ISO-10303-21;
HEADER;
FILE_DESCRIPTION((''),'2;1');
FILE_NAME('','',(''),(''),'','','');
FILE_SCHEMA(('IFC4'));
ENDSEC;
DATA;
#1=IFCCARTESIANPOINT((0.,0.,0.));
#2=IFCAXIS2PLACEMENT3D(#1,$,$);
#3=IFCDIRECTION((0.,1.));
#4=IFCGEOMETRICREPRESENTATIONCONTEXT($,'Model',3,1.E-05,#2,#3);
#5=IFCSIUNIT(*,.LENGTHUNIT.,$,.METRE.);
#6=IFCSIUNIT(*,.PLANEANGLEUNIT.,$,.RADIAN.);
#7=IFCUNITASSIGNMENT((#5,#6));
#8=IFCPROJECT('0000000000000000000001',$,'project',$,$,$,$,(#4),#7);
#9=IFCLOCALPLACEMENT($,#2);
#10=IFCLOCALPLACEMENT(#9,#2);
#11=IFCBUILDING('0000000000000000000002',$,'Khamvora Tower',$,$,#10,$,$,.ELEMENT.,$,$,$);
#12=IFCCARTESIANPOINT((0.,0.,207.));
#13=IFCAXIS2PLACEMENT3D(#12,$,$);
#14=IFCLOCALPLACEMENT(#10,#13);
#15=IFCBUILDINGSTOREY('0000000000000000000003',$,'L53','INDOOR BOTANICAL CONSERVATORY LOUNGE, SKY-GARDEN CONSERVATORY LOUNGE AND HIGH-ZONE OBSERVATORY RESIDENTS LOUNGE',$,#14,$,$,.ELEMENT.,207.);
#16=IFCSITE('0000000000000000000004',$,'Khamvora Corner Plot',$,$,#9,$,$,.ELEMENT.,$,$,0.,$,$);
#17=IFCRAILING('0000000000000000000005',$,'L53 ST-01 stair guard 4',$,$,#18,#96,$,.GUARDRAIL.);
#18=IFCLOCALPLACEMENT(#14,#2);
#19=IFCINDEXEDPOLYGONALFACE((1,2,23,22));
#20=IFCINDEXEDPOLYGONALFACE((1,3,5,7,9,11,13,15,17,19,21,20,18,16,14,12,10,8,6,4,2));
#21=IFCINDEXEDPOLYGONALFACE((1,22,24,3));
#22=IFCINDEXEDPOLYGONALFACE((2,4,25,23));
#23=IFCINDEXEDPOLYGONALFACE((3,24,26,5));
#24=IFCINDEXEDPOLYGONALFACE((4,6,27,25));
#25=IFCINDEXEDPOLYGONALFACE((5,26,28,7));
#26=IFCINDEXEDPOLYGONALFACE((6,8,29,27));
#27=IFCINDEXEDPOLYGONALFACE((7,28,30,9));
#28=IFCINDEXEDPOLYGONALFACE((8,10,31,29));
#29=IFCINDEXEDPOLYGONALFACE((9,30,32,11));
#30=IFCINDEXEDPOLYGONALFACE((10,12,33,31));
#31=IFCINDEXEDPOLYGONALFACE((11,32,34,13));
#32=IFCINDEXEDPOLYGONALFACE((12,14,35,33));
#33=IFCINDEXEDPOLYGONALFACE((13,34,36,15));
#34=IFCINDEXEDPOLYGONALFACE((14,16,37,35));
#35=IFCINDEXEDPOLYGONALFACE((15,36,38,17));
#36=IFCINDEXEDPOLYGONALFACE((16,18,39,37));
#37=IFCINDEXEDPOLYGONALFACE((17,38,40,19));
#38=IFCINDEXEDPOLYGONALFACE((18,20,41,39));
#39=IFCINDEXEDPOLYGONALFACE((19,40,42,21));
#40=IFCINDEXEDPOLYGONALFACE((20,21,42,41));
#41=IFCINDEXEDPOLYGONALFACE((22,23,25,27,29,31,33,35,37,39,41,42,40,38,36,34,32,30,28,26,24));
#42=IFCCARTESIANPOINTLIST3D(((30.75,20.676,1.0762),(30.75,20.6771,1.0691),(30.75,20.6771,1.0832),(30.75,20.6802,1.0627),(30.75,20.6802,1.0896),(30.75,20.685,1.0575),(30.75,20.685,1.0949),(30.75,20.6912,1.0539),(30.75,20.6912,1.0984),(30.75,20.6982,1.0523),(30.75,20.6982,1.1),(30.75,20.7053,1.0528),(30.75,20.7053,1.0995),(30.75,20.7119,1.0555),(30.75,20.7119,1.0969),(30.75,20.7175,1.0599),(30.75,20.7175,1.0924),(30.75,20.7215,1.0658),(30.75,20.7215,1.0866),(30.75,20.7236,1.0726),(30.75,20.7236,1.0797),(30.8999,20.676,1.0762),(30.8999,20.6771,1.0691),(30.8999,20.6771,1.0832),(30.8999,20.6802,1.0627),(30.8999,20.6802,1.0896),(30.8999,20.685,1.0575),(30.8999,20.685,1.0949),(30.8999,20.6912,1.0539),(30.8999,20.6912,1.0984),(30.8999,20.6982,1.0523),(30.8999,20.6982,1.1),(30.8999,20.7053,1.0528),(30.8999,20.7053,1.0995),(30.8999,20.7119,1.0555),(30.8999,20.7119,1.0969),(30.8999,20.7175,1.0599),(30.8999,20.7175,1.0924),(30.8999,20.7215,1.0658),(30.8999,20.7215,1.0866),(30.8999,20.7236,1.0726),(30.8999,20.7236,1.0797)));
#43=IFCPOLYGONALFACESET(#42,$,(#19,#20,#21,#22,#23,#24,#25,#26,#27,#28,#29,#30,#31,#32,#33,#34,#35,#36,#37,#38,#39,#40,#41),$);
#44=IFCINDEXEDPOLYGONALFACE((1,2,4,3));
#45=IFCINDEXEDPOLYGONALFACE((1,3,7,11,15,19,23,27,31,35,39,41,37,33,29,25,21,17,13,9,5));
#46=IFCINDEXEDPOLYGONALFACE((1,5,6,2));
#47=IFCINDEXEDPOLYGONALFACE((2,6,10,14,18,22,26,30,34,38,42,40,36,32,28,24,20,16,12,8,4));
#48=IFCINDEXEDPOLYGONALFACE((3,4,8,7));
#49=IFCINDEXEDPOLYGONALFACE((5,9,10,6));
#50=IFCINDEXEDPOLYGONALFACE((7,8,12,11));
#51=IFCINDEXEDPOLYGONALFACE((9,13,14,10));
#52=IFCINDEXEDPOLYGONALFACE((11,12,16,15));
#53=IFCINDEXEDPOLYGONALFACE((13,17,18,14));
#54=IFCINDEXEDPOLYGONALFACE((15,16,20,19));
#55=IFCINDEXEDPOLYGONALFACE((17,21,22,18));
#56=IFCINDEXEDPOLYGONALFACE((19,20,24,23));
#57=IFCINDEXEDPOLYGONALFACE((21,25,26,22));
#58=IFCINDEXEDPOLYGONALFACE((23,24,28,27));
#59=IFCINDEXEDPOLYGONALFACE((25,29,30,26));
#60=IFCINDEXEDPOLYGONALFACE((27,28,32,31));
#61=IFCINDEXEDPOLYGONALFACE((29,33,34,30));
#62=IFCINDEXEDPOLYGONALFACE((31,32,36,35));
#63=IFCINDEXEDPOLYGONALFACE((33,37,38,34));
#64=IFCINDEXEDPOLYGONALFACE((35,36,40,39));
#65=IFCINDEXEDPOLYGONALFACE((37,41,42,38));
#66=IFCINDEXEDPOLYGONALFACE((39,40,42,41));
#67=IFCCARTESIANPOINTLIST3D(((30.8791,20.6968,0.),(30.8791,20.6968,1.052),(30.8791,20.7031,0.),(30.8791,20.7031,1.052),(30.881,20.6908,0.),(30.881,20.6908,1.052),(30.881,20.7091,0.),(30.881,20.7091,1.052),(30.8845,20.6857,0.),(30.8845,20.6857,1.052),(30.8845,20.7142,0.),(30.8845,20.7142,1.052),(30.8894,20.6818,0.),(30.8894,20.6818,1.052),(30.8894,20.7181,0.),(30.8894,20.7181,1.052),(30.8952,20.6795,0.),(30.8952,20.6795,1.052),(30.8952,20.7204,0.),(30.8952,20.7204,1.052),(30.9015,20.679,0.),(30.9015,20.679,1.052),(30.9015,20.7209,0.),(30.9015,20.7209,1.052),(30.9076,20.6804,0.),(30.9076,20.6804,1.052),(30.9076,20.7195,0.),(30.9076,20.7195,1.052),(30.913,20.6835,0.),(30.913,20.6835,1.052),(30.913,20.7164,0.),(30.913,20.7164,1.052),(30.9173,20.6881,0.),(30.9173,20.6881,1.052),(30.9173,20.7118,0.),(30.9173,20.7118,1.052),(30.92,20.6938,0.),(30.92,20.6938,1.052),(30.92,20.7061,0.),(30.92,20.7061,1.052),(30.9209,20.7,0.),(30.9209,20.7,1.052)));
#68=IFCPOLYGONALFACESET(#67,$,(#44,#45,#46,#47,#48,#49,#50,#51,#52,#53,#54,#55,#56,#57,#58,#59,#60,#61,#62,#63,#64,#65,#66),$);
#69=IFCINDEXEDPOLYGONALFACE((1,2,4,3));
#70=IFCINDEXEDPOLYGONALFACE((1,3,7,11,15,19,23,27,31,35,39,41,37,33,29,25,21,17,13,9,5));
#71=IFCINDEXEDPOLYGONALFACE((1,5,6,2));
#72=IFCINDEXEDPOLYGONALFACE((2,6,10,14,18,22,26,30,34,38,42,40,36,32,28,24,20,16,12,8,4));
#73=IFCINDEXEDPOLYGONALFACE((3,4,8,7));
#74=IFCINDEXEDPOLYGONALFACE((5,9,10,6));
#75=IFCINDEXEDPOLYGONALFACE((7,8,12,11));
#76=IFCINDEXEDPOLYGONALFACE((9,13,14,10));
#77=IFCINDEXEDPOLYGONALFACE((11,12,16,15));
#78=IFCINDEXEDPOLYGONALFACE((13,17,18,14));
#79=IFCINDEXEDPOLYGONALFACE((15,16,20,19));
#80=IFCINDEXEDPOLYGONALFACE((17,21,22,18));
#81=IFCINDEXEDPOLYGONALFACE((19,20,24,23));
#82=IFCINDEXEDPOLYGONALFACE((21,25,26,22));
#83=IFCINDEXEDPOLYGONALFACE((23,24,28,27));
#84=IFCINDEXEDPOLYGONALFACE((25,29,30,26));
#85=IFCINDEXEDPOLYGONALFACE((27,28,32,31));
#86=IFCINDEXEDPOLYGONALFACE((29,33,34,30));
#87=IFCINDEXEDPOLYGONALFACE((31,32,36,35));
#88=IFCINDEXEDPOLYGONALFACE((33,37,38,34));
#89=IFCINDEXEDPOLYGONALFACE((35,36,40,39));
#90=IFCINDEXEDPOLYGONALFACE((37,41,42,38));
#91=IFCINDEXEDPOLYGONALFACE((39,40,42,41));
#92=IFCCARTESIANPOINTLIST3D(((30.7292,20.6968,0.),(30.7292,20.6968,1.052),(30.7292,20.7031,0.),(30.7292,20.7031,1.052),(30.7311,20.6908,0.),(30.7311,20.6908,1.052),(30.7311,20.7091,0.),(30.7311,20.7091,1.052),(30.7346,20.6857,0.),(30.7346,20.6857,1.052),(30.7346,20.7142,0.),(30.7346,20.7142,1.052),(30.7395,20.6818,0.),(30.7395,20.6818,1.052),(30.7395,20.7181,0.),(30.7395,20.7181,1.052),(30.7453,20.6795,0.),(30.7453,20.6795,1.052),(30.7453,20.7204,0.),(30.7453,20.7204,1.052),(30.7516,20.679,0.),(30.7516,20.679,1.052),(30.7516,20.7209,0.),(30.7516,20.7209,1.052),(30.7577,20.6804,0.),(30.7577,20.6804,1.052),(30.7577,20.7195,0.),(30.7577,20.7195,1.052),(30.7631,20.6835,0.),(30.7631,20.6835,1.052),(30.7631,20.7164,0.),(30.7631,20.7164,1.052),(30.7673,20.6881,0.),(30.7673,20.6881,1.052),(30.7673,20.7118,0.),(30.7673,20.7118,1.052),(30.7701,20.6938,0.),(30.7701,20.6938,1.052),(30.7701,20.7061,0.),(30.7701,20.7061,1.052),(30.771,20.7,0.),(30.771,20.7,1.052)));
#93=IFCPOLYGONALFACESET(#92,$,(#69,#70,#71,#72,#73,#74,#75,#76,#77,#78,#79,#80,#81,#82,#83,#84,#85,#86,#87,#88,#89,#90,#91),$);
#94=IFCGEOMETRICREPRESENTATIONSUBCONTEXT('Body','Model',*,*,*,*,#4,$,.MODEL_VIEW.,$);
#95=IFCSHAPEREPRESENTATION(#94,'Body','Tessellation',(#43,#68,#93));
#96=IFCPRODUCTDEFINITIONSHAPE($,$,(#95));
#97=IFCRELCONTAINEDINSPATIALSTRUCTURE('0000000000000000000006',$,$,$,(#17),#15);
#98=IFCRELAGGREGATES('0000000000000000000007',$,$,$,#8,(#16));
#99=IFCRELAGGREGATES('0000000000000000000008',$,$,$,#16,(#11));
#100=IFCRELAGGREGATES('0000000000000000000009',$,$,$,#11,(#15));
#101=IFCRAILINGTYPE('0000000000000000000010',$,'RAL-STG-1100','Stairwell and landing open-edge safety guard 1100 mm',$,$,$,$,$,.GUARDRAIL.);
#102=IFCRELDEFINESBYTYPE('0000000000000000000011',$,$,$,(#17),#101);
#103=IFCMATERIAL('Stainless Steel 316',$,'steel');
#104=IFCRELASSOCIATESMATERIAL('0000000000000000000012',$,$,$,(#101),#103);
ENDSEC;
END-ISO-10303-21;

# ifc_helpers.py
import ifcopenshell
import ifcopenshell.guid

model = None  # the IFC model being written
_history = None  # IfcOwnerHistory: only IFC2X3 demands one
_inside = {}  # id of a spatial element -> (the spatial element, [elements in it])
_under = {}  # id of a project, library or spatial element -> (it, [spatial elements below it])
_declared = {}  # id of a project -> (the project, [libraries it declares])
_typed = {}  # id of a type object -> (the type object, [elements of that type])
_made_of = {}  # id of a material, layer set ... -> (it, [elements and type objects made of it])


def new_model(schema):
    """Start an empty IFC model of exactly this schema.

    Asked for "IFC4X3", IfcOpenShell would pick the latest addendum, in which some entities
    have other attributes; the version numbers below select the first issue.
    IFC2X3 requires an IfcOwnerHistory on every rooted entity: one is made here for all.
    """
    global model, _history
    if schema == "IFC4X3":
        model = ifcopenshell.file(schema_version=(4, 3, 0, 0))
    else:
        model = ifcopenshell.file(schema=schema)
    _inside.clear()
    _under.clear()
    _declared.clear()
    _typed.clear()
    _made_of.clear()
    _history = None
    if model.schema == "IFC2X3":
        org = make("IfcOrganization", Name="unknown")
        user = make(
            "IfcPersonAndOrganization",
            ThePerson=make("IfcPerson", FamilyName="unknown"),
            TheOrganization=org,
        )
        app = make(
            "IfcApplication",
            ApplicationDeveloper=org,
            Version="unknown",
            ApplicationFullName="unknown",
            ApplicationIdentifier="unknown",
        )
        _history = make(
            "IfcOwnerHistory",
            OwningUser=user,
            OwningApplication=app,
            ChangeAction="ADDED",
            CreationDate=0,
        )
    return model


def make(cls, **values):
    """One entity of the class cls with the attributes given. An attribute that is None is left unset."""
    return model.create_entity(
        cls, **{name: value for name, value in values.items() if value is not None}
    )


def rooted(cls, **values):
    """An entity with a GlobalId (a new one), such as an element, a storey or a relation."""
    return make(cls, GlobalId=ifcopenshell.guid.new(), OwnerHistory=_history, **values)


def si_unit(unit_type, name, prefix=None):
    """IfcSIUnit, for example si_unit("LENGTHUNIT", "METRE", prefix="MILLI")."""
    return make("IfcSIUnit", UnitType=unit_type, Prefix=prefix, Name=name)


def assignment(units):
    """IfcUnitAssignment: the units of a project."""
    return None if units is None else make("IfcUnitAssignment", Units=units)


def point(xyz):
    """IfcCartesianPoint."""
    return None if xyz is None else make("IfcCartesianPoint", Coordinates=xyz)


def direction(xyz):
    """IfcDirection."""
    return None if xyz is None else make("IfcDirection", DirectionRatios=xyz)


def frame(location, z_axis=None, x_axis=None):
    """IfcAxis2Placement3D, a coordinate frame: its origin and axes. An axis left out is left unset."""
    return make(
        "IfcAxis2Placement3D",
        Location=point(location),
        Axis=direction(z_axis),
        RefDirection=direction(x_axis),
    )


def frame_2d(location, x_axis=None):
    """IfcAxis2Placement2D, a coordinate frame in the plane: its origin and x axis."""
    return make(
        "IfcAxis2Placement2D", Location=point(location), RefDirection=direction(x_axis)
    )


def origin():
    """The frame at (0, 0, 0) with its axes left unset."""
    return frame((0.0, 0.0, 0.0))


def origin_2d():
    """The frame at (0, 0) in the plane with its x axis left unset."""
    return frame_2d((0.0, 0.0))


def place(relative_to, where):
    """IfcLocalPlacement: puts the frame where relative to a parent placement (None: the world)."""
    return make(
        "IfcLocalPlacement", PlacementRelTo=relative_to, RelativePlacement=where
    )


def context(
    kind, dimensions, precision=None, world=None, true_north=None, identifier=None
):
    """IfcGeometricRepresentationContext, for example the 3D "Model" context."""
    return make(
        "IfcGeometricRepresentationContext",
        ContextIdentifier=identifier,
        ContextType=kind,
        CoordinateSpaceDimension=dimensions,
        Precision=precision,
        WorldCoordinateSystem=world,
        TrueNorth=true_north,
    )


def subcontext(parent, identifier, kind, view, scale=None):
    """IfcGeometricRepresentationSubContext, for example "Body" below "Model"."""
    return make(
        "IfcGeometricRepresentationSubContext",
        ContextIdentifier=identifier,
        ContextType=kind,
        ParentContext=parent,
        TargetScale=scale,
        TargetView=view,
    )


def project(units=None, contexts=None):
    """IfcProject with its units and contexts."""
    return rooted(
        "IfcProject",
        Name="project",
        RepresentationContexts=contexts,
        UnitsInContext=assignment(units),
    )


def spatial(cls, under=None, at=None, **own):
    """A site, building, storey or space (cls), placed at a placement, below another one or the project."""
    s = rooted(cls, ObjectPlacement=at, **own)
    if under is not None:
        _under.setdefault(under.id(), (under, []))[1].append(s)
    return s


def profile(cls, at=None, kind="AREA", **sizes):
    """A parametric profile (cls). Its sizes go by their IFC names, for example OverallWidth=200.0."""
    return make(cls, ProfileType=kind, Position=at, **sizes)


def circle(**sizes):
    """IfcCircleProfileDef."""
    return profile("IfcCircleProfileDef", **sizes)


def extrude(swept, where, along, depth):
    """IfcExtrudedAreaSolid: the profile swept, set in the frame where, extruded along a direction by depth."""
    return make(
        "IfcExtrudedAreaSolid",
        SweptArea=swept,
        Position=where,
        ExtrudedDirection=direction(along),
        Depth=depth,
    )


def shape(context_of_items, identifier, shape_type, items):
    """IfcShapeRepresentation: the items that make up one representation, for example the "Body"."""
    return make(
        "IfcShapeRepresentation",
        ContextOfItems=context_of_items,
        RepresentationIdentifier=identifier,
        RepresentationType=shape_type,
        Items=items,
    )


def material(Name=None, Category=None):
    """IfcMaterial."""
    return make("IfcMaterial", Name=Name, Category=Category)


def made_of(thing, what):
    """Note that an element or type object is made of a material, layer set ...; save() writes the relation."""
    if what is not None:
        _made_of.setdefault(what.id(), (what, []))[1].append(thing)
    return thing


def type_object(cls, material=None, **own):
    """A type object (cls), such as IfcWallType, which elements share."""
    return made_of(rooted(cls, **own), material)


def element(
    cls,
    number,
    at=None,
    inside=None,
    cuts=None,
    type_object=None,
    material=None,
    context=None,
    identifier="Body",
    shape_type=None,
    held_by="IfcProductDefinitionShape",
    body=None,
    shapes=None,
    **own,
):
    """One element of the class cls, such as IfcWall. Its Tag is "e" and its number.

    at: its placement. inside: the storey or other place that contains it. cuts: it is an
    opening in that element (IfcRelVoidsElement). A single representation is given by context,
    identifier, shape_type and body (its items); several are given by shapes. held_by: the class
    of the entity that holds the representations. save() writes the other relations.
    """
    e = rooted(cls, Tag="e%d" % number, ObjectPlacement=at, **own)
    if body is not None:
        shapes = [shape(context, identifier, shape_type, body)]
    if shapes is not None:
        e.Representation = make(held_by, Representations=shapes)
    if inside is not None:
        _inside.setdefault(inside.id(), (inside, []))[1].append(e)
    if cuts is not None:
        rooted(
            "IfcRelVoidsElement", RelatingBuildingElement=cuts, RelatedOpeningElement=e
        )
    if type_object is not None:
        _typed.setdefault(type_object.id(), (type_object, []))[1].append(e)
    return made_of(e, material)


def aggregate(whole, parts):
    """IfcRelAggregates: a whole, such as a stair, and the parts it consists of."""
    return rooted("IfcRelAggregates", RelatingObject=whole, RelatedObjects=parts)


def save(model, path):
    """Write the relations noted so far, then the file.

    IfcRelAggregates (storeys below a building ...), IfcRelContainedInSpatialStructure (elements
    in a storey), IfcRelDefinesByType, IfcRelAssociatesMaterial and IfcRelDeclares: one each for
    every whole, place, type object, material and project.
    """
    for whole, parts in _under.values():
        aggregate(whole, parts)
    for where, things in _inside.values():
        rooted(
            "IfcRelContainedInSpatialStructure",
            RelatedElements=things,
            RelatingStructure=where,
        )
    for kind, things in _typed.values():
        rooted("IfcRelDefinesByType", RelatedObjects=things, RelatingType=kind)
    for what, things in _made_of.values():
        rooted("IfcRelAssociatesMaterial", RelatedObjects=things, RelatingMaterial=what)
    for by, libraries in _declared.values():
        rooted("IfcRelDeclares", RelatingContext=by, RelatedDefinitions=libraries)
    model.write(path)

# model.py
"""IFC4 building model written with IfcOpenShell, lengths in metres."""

from ifc_helpers import new_model, si_unit, direction, frame, origin, origin_2d, place, context, subcontext, project, spatial, circle, extrude, material, type_object, element, save


model = new_model("IFC4")

# Units and contexts
model_context = context("Model", 3, precision=1e-05, world=origin(), true_north=direction((0.0, 1.0)))
body_context = subcontext(model_context, "Body", "Model", "MODEL_VIEW")
ifc_project = project(units=[si_unit("LENGTHUNIT", "METRE"), si_unit("PLANEANGLEUNIT", "RADIAN")], contexts=[model_context])

# Site, building, storey
site_placement = place(None, origin())
site = spatial("IfcSite", under=ifc_project, at=site_placement, Name="Khamvora Corner Plot", CompositionType="ELEMENT", RefElevation=0.0)
building_placement = place(site_placement, origin())
building = spatial("IfcBuilding", under=site, at=building_placement, Name="Khamvora Tower", CompositionType="ELEMENT")
storey_placement = place(building_placement, frame((0.0, 0.0, 207.0)))
storey = spatial("IfcBuildingStorey", under=building, at=storey_placement, Name="L53", Description="INDOOR BOTANICAL CONSERVATORY LOUNGE, SKY-GARDEN CONSERVATORY LOUNGE AND HIGH-ZONE OBSERVATORY RESIDENTS LOUNGE", CompositionType="ELEMENT", Elevation=207.0)

# Railing
ifc_material_1 = material(Name="Stainless Steel 316", Category="steel")
railing_type = type_object("IfcRailingType", Name="RAL-STG-1100", Description="Stairwell and landing open-edge safety guard 1100 mm", PredefinedType="GUARDRAIL", material=ifc_material_1)
railing_1_placement = place(storey_placement, frame((30.8999, 20.7, 0.0)))
element("IfcRailing", 1, at=railing_1_placement, inside=storey, type_object=railing_type, Name="L53 ST-01 stair guard 4", PredefinedType="GUARDRAIL", context=body_context, shape_type="SweptSolid", body=[
    extrude(circle(Radius=0.0239, at=origin_2d()), frame((0.0, 0.0, 1.0762), z_axis=(-1.0, 0.0, 0.0), x_axis=(0.0, -1.0, 0.0)), (0.0, 0.0, 1.0), 0.1499),
    extrude(circle(Radius=0.021, at=origin_2d()), origin(), (0.0, 0.0, 1.0), 1.052),
    extrude(circle(Radius=0.021, at=origin_2d()), frame((-0.1499, 0.0, 0.0)), (0.0, 0.0, 1.0), 1.052),
])

save(model, "model.ifc")
